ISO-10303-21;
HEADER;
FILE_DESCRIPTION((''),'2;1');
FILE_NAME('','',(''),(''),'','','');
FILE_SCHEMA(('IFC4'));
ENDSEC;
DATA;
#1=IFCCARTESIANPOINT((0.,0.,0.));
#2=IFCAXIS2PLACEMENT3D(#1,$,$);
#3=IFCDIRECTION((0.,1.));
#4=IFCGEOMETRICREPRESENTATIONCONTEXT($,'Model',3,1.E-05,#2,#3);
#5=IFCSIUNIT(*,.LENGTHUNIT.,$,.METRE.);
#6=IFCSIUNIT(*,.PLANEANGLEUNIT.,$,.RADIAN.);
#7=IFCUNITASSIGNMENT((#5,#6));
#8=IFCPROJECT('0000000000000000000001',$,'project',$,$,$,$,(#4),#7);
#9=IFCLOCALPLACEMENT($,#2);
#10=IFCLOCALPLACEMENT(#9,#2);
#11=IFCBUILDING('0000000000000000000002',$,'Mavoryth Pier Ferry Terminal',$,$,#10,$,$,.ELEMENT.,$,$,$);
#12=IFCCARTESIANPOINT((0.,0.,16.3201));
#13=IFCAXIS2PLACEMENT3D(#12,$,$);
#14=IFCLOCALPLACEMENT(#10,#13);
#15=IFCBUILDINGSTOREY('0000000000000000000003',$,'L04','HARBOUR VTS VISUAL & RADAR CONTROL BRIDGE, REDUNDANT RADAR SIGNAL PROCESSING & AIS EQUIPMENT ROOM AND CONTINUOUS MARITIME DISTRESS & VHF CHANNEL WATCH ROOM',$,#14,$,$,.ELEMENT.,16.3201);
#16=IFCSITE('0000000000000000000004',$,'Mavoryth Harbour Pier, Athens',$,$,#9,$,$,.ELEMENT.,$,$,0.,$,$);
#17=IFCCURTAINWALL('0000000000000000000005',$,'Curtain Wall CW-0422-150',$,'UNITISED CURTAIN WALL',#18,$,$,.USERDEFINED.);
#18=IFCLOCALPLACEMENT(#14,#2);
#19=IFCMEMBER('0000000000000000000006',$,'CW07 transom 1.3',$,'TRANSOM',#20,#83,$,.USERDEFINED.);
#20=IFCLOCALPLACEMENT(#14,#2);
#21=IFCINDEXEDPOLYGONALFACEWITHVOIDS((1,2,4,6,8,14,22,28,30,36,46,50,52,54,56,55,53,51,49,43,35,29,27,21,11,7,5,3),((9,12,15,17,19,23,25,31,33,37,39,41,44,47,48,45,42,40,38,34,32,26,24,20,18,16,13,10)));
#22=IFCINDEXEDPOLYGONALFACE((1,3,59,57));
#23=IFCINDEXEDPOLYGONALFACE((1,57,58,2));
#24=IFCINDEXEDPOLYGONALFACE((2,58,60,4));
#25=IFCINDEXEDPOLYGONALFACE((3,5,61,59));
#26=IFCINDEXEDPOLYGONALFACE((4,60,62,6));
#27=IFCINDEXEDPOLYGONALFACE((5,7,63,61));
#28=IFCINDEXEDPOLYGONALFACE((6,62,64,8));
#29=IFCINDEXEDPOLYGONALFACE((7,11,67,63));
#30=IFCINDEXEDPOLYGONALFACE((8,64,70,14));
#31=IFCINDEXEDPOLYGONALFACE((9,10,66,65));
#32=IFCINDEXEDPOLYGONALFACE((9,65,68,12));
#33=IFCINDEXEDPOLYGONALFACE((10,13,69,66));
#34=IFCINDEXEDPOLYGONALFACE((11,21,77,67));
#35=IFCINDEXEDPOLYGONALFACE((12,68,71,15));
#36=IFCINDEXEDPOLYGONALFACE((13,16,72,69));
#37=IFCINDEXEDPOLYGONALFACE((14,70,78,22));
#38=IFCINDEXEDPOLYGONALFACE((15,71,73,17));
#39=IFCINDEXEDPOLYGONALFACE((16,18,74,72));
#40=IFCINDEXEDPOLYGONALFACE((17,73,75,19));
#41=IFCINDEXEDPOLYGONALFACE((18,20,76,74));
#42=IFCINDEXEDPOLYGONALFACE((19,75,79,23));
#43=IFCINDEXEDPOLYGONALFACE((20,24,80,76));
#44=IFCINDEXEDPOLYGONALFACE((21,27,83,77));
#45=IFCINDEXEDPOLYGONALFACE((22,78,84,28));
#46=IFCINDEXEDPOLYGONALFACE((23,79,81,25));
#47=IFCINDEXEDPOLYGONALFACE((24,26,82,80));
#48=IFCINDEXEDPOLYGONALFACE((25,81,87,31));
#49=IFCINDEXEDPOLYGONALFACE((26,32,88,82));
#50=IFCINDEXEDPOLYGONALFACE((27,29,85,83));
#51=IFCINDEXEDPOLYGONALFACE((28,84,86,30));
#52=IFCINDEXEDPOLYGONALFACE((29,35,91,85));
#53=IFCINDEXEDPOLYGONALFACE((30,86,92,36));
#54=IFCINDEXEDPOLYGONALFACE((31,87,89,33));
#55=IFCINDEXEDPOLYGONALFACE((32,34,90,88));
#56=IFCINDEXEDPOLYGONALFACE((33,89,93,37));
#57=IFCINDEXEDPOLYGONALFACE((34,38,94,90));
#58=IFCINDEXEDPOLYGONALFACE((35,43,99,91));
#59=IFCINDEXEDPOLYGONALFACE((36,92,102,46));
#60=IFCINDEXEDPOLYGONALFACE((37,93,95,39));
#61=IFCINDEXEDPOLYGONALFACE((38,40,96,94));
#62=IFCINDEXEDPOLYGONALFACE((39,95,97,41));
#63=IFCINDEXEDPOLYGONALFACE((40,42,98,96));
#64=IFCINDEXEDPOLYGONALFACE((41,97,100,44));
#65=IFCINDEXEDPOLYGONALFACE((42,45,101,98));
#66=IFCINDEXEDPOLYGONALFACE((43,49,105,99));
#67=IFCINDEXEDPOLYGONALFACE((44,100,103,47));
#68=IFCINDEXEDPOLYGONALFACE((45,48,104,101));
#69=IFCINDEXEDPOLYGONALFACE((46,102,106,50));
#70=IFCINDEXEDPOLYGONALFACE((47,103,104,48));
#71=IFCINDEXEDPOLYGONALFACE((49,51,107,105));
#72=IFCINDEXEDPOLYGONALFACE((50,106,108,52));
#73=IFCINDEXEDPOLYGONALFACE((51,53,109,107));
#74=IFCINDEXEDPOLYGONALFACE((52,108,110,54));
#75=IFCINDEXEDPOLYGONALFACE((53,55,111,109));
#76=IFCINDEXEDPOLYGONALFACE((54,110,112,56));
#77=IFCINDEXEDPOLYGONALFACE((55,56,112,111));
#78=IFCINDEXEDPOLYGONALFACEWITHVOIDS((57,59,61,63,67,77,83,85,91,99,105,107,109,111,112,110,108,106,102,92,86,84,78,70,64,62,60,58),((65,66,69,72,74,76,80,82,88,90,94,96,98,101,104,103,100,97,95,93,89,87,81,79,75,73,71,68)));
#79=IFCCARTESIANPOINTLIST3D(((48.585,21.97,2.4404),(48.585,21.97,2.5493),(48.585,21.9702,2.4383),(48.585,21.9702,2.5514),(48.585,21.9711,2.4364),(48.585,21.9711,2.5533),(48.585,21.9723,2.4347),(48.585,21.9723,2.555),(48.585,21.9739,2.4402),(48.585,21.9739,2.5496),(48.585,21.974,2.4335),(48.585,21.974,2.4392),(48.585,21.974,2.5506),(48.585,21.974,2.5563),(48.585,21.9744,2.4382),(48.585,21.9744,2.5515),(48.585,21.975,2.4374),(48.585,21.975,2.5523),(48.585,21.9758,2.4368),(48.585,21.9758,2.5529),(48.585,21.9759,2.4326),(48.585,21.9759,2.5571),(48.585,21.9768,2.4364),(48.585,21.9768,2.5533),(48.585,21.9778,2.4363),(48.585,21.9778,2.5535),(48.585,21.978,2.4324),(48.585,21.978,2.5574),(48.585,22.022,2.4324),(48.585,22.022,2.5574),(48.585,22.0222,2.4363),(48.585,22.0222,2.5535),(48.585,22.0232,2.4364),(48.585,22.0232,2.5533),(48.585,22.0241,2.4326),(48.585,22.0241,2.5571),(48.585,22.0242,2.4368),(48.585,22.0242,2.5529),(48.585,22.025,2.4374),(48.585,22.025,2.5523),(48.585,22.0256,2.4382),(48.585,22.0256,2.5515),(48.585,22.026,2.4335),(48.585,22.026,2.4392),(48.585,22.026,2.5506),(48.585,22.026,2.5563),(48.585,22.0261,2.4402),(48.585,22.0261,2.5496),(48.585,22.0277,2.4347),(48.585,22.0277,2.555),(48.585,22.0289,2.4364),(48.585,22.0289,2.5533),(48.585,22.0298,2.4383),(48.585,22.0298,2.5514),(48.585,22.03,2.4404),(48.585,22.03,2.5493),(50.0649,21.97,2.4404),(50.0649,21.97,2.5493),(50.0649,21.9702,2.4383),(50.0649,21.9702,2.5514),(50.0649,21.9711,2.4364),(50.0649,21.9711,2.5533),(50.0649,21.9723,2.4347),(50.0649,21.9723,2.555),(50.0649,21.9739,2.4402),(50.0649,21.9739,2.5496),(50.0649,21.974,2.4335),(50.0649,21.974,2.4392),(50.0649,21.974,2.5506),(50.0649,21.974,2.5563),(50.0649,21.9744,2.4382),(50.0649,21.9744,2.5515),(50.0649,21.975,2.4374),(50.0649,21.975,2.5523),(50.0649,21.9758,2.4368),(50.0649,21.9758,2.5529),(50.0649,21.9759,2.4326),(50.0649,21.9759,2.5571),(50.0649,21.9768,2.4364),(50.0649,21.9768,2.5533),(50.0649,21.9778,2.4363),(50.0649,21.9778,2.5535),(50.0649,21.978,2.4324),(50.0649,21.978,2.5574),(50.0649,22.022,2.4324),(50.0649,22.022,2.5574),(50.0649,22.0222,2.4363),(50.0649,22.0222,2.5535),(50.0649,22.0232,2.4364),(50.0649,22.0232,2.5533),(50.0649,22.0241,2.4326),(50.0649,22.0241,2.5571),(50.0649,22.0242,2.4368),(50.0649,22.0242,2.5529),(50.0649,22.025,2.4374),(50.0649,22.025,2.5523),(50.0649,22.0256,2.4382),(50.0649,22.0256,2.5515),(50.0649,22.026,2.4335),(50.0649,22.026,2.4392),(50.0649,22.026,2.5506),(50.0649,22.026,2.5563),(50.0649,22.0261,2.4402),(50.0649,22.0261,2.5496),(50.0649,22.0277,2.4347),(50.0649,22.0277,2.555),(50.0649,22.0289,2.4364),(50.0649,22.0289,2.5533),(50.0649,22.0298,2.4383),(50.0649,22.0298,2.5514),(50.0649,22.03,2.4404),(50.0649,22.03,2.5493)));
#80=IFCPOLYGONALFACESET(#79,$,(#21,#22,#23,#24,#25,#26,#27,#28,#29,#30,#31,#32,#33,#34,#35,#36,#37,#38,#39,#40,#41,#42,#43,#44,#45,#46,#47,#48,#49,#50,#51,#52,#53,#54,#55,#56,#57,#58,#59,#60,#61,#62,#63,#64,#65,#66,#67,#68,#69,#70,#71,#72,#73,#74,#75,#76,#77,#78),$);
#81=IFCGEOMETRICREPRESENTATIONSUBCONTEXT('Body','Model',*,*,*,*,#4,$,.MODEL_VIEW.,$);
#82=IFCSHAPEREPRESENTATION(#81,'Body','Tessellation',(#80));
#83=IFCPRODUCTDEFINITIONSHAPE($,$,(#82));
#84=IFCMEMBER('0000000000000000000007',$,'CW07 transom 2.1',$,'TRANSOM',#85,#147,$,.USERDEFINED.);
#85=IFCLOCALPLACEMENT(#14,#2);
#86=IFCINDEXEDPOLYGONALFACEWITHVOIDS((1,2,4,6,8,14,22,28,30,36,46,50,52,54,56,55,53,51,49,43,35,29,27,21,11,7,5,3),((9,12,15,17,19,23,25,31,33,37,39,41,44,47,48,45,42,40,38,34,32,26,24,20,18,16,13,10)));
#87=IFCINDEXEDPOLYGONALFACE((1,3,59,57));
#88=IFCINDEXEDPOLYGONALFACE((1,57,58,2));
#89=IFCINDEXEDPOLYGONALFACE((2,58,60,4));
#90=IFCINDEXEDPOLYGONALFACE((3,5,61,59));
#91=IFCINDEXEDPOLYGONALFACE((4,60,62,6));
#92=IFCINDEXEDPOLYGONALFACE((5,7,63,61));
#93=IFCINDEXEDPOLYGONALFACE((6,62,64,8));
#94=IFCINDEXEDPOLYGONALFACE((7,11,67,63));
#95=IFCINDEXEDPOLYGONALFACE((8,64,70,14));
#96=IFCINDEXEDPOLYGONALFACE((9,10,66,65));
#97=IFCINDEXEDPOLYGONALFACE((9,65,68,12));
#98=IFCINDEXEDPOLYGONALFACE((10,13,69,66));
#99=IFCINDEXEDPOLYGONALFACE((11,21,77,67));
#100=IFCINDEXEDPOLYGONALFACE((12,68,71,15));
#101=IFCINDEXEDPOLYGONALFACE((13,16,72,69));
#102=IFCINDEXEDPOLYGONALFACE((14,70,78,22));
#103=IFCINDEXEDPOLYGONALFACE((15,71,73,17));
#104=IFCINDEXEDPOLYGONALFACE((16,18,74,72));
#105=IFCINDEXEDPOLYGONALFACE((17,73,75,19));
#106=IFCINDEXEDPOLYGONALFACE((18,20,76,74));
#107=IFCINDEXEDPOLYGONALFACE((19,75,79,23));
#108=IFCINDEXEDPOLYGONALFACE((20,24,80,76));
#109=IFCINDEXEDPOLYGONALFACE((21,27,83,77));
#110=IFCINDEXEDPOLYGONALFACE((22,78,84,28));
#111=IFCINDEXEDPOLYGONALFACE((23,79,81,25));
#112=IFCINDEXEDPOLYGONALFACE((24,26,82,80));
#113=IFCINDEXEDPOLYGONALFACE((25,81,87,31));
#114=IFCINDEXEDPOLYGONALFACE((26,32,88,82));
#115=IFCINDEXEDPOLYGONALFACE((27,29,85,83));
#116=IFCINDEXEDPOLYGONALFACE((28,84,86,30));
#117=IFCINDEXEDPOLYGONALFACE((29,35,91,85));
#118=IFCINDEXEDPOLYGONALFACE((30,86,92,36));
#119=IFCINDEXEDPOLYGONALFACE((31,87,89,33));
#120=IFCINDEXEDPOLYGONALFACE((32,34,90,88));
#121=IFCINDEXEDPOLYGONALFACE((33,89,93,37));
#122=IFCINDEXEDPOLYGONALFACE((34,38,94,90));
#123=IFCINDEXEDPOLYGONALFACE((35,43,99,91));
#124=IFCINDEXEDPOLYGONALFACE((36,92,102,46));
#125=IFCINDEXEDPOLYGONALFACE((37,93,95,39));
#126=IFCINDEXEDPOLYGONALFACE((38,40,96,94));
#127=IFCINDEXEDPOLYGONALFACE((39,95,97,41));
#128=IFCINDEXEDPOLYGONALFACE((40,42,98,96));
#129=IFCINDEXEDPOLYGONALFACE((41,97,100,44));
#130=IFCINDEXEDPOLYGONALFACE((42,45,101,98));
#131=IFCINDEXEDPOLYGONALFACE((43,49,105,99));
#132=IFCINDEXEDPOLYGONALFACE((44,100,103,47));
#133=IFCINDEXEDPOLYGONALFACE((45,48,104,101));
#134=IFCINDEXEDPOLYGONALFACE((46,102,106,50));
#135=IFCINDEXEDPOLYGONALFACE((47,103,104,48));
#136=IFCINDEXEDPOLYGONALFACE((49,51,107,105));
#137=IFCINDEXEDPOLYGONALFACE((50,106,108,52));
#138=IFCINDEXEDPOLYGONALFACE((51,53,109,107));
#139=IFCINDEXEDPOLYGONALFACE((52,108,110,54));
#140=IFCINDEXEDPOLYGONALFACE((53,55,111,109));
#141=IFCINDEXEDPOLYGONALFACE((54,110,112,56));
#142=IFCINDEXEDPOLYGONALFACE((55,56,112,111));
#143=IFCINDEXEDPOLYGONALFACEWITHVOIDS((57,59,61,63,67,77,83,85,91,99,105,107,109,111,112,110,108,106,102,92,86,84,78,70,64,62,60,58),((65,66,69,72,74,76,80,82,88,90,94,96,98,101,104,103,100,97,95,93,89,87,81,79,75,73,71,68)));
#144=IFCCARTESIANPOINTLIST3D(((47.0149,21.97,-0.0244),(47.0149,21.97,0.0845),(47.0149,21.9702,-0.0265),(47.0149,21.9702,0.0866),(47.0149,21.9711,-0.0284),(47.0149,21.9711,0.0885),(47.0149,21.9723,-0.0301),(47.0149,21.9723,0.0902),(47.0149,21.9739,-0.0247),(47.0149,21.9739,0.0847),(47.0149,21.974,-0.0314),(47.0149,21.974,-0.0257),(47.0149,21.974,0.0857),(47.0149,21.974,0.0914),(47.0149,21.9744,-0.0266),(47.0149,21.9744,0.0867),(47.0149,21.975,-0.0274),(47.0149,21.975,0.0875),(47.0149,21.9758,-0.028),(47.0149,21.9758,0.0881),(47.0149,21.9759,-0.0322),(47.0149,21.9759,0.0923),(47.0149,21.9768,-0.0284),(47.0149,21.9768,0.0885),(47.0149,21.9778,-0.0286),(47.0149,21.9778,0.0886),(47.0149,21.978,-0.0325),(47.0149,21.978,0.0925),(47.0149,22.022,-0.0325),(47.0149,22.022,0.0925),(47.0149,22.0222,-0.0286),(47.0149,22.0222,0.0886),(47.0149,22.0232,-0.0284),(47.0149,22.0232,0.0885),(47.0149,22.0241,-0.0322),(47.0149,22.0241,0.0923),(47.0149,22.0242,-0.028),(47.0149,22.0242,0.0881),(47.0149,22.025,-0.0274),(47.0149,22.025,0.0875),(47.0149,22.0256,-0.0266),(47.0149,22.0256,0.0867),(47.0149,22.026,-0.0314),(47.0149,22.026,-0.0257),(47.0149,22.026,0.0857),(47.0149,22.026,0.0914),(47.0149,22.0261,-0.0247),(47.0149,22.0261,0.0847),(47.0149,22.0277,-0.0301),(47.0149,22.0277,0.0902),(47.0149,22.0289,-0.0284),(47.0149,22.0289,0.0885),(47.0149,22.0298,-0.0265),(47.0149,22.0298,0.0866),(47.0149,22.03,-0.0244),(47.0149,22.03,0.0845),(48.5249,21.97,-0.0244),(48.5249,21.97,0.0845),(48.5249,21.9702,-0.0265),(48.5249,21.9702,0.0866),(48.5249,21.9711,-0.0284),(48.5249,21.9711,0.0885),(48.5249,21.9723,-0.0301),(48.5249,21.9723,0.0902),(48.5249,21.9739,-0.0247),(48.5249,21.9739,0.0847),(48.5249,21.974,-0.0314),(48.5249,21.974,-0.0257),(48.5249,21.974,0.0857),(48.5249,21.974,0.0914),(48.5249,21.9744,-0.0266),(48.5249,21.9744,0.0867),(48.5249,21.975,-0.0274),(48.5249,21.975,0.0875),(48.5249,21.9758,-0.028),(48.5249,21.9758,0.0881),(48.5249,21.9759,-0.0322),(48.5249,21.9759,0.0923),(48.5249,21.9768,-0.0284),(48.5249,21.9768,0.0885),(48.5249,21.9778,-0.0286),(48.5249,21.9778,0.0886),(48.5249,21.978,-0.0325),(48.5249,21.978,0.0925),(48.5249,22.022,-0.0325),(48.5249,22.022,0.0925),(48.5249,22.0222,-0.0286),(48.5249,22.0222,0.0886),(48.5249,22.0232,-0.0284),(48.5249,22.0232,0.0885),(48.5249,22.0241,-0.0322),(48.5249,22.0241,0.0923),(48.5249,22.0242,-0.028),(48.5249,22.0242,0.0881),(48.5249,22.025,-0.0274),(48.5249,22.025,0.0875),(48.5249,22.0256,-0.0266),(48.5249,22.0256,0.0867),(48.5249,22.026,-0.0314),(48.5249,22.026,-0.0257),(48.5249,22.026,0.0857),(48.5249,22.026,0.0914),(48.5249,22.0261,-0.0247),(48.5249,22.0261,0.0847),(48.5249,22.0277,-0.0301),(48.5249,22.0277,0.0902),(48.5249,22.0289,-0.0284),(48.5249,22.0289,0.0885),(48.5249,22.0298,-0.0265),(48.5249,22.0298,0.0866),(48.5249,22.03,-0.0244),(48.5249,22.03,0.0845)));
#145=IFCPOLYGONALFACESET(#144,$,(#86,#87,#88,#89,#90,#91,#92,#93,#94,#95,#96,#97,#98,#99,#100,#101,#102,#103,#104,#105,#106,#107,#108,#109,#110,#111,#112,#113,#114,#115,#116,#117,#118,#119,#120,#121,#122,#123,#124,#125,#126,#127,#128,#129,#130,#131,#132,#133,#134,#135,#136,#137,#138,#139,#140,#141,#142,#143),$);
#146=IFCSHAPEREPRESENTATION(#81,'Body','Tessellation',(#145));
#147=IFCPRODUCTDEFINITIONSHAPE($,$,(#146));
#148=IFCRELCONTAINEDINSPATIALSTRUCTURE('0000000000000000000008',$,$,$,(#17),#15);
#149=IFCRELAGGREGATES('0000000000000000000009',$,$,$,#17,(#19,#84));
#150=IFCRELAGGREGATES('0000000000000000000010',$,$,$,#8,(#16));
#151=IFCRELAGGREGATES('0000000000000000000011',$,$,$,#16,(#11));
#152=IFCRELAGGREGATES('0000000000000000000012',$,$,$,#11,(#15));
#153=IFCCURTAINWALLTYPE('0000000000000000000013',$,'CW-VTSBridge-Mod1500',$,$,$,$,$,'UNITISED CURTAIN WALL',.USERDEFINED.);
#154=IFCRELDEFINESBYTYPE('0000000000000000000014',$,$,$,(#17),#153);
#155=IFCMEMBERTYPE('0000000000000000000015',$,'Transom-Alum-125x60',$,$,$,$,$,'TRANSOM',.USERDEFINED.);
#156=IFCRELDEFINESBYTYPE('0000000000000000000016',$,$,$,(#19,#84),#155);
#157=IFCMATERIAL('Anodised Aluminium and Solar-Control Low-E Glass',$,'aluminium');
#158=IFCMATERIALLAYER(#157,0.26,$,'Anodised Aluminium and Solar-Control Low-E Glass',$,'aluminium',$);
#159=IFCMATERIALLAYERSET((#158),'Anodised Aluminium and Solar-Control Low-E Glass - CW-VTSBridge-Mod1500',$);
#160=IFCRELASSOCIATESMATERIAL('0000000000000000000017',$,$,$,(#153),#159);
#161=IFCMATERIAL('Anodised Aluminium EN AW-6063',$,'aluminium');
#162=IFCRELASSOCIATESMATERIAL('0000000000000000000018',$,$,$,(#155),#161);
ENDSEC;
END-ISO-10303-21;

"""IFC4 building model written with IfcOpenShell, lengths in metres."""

from ifc_helpers import new_model, si_unit, direction, frame, origin, origin_2d, place, context, subcontext, project, spatial, hollow_rectangle, extrude, material, layer, layer_set, material_profile, profile_set, type_object, element, aggregate, save


model = new_model("IFC4")

# Units and contexts
model_context = context("Model", 3, precision=1e-05, world=origin(), true_north=direction((0.0, 1.0)))
body_context = subcontext(model_context, "Body", "Model", "MODEL_VIEW")
ifc_project = project(units=[si_unit("LENGTHUNIT", "METRE"), si_unit("PLANEANGLEUNIT", "RADIAN")], contexts=[model_context])

# Site, building, storey
site_placement = place(None, origin())
site = spatial("IfcSite", under=ifc_project, at=site_placement, Name="Mavoryth Harbour Pier, Athens", CompositionType="ELEMENT", RefElevation=0.0)
building_placement = place(site_placement, origin())
building = spatial("IfcBuilding", under=site, at=building_placement, Name="Mavoryth Pier Ferry Terminal", CompositionType="ELEMENT")
storey_placement = place(building_placement, frame((0.0, 0.0, 16.3201)))
storey = spatial("IfcBuildingStorey", under=building, at=storey_placement, Name="L04", Description="HARBOUR VTS VISUAL & RADAR CONTROL BRIDGE, REDUNDANT RADAR SIGNAL PROCESSING & AIS EQUIPMENT ROOM AND CONTINUOUS MARITIME DISTRESS & VHF CHANNEL WATCH ROOM", CompositionType="ELEMENT", Elevation=16.3201)

# Curtain wall, members
ifc_material_1 = material(Name="Anodised Aluminium and Solar-Control Low-E Glass", Category="aluminium")
ifc_layer_1 = layer(ifc_material_1, 0.26, Name="Anodised Aluminium and Solar-Control Low-E Glass", Category="aluminium")
ifc_layer_set_1 = layer_set([ifc_layer_1], Name="Anodised Aluminium and Solar-Control Low-E Glass - CW-VTSBridge-Mod1500")
curtain_wall_type = type_object("IfcCurtainWallType", Name="CW-VTSBridge-Mod1500", ElementType="UNITISED CURTAIN WALL", PredefinedType="USERDEFINED", material=ifc_layer_set_1)
curtain_wall_placement = place(storey_placement, origin())
curtain_wall = element("IfcCurtainWall", 1, at=curtain_wall_placement, inside=storey, type_object=curtain_wall_type, Name="Curtain Wall CW-0422-150", ObjectType="UNITISED CURTAIN WALL", PredefinedType="USERDEFINED")
ifc_material_2 = material(Name="Anodised Aluminium EN AW-6063", Category="aluminium")
ifc_material_profile_1 = material_profile(ifc_material_2, hollow_rectangle(XDim=0.0601, YDim=0.125, WallThickness=0.0039, InnerFilletRadius=0.0039, OuterFilletRadius=0.0081, at=origin_2d()), Name="AL-TRAN 125x60x4", Category="aluminium")
ifc_profile_set_1 = profile_set([ifc_material_profile_1], Name="Anodised Aluminium EN AW-6063 - AL-TRAN 125x60x4")
member_type_1 = type_object("IfcMemberType", Name="Transom-Alum-125x60", ElementType="TRANSOM", PredefinedType="USERDEFINED", material=ifc_profile_set_1)
member_1_placement = place(storey_placement, frame((50.0649, 22.0, 2.4949), z_axis=(-1.0, 0.0, 0.0), x_axis=(0.0, -1.0, 0.0)))
member_1 = element("IfcMember", 2, at=member_1_placement, type_object=member_type_1, Name="CW07 transom 1.3", ObjectType="TRANSOM", PredefinedType="USERDEFINED", context=body_context, shape_type="SweptSolid", body=[
    extrude(hollow_rectangle(XDim=0.0601, YDim=0.125, WallThickness=0.0039, InnerFilletRadius=0.0039, OuterFilletRadius=0.0081, at=origin_2d()), origin(), (0.0, 0.0, 1.0), 1.48),
])
member_2_placement = place(storey_placement, frame((48.5249, 22.0, 0.03), z_axis=(-1.0, 0.0, 0.0), x_axis=(0.0, -1.0, 0.0)))
member_2 = element("IfcMember", 3, at=member_2_placement, type_object=member_type_1, Name="CW07 transom 2.1", ObjectType="TRANSOM", PredefinedType="USERDEFINED", context=body_context, shape_type="SweptSolid", body=[
    extrude(hollow_rectangle(XDim=0.0601, YDim=0.125, WallThickness=0.0039, InnerFilletRadius=0.0039, OuterFilletRadius=0.0081, at=origin_2d()), origin(), (0.0, 0.0, 1.0), 1.51),
])
aggregate(curtain_wall, [member_1, member_2])

save(model, "model.ifc")
